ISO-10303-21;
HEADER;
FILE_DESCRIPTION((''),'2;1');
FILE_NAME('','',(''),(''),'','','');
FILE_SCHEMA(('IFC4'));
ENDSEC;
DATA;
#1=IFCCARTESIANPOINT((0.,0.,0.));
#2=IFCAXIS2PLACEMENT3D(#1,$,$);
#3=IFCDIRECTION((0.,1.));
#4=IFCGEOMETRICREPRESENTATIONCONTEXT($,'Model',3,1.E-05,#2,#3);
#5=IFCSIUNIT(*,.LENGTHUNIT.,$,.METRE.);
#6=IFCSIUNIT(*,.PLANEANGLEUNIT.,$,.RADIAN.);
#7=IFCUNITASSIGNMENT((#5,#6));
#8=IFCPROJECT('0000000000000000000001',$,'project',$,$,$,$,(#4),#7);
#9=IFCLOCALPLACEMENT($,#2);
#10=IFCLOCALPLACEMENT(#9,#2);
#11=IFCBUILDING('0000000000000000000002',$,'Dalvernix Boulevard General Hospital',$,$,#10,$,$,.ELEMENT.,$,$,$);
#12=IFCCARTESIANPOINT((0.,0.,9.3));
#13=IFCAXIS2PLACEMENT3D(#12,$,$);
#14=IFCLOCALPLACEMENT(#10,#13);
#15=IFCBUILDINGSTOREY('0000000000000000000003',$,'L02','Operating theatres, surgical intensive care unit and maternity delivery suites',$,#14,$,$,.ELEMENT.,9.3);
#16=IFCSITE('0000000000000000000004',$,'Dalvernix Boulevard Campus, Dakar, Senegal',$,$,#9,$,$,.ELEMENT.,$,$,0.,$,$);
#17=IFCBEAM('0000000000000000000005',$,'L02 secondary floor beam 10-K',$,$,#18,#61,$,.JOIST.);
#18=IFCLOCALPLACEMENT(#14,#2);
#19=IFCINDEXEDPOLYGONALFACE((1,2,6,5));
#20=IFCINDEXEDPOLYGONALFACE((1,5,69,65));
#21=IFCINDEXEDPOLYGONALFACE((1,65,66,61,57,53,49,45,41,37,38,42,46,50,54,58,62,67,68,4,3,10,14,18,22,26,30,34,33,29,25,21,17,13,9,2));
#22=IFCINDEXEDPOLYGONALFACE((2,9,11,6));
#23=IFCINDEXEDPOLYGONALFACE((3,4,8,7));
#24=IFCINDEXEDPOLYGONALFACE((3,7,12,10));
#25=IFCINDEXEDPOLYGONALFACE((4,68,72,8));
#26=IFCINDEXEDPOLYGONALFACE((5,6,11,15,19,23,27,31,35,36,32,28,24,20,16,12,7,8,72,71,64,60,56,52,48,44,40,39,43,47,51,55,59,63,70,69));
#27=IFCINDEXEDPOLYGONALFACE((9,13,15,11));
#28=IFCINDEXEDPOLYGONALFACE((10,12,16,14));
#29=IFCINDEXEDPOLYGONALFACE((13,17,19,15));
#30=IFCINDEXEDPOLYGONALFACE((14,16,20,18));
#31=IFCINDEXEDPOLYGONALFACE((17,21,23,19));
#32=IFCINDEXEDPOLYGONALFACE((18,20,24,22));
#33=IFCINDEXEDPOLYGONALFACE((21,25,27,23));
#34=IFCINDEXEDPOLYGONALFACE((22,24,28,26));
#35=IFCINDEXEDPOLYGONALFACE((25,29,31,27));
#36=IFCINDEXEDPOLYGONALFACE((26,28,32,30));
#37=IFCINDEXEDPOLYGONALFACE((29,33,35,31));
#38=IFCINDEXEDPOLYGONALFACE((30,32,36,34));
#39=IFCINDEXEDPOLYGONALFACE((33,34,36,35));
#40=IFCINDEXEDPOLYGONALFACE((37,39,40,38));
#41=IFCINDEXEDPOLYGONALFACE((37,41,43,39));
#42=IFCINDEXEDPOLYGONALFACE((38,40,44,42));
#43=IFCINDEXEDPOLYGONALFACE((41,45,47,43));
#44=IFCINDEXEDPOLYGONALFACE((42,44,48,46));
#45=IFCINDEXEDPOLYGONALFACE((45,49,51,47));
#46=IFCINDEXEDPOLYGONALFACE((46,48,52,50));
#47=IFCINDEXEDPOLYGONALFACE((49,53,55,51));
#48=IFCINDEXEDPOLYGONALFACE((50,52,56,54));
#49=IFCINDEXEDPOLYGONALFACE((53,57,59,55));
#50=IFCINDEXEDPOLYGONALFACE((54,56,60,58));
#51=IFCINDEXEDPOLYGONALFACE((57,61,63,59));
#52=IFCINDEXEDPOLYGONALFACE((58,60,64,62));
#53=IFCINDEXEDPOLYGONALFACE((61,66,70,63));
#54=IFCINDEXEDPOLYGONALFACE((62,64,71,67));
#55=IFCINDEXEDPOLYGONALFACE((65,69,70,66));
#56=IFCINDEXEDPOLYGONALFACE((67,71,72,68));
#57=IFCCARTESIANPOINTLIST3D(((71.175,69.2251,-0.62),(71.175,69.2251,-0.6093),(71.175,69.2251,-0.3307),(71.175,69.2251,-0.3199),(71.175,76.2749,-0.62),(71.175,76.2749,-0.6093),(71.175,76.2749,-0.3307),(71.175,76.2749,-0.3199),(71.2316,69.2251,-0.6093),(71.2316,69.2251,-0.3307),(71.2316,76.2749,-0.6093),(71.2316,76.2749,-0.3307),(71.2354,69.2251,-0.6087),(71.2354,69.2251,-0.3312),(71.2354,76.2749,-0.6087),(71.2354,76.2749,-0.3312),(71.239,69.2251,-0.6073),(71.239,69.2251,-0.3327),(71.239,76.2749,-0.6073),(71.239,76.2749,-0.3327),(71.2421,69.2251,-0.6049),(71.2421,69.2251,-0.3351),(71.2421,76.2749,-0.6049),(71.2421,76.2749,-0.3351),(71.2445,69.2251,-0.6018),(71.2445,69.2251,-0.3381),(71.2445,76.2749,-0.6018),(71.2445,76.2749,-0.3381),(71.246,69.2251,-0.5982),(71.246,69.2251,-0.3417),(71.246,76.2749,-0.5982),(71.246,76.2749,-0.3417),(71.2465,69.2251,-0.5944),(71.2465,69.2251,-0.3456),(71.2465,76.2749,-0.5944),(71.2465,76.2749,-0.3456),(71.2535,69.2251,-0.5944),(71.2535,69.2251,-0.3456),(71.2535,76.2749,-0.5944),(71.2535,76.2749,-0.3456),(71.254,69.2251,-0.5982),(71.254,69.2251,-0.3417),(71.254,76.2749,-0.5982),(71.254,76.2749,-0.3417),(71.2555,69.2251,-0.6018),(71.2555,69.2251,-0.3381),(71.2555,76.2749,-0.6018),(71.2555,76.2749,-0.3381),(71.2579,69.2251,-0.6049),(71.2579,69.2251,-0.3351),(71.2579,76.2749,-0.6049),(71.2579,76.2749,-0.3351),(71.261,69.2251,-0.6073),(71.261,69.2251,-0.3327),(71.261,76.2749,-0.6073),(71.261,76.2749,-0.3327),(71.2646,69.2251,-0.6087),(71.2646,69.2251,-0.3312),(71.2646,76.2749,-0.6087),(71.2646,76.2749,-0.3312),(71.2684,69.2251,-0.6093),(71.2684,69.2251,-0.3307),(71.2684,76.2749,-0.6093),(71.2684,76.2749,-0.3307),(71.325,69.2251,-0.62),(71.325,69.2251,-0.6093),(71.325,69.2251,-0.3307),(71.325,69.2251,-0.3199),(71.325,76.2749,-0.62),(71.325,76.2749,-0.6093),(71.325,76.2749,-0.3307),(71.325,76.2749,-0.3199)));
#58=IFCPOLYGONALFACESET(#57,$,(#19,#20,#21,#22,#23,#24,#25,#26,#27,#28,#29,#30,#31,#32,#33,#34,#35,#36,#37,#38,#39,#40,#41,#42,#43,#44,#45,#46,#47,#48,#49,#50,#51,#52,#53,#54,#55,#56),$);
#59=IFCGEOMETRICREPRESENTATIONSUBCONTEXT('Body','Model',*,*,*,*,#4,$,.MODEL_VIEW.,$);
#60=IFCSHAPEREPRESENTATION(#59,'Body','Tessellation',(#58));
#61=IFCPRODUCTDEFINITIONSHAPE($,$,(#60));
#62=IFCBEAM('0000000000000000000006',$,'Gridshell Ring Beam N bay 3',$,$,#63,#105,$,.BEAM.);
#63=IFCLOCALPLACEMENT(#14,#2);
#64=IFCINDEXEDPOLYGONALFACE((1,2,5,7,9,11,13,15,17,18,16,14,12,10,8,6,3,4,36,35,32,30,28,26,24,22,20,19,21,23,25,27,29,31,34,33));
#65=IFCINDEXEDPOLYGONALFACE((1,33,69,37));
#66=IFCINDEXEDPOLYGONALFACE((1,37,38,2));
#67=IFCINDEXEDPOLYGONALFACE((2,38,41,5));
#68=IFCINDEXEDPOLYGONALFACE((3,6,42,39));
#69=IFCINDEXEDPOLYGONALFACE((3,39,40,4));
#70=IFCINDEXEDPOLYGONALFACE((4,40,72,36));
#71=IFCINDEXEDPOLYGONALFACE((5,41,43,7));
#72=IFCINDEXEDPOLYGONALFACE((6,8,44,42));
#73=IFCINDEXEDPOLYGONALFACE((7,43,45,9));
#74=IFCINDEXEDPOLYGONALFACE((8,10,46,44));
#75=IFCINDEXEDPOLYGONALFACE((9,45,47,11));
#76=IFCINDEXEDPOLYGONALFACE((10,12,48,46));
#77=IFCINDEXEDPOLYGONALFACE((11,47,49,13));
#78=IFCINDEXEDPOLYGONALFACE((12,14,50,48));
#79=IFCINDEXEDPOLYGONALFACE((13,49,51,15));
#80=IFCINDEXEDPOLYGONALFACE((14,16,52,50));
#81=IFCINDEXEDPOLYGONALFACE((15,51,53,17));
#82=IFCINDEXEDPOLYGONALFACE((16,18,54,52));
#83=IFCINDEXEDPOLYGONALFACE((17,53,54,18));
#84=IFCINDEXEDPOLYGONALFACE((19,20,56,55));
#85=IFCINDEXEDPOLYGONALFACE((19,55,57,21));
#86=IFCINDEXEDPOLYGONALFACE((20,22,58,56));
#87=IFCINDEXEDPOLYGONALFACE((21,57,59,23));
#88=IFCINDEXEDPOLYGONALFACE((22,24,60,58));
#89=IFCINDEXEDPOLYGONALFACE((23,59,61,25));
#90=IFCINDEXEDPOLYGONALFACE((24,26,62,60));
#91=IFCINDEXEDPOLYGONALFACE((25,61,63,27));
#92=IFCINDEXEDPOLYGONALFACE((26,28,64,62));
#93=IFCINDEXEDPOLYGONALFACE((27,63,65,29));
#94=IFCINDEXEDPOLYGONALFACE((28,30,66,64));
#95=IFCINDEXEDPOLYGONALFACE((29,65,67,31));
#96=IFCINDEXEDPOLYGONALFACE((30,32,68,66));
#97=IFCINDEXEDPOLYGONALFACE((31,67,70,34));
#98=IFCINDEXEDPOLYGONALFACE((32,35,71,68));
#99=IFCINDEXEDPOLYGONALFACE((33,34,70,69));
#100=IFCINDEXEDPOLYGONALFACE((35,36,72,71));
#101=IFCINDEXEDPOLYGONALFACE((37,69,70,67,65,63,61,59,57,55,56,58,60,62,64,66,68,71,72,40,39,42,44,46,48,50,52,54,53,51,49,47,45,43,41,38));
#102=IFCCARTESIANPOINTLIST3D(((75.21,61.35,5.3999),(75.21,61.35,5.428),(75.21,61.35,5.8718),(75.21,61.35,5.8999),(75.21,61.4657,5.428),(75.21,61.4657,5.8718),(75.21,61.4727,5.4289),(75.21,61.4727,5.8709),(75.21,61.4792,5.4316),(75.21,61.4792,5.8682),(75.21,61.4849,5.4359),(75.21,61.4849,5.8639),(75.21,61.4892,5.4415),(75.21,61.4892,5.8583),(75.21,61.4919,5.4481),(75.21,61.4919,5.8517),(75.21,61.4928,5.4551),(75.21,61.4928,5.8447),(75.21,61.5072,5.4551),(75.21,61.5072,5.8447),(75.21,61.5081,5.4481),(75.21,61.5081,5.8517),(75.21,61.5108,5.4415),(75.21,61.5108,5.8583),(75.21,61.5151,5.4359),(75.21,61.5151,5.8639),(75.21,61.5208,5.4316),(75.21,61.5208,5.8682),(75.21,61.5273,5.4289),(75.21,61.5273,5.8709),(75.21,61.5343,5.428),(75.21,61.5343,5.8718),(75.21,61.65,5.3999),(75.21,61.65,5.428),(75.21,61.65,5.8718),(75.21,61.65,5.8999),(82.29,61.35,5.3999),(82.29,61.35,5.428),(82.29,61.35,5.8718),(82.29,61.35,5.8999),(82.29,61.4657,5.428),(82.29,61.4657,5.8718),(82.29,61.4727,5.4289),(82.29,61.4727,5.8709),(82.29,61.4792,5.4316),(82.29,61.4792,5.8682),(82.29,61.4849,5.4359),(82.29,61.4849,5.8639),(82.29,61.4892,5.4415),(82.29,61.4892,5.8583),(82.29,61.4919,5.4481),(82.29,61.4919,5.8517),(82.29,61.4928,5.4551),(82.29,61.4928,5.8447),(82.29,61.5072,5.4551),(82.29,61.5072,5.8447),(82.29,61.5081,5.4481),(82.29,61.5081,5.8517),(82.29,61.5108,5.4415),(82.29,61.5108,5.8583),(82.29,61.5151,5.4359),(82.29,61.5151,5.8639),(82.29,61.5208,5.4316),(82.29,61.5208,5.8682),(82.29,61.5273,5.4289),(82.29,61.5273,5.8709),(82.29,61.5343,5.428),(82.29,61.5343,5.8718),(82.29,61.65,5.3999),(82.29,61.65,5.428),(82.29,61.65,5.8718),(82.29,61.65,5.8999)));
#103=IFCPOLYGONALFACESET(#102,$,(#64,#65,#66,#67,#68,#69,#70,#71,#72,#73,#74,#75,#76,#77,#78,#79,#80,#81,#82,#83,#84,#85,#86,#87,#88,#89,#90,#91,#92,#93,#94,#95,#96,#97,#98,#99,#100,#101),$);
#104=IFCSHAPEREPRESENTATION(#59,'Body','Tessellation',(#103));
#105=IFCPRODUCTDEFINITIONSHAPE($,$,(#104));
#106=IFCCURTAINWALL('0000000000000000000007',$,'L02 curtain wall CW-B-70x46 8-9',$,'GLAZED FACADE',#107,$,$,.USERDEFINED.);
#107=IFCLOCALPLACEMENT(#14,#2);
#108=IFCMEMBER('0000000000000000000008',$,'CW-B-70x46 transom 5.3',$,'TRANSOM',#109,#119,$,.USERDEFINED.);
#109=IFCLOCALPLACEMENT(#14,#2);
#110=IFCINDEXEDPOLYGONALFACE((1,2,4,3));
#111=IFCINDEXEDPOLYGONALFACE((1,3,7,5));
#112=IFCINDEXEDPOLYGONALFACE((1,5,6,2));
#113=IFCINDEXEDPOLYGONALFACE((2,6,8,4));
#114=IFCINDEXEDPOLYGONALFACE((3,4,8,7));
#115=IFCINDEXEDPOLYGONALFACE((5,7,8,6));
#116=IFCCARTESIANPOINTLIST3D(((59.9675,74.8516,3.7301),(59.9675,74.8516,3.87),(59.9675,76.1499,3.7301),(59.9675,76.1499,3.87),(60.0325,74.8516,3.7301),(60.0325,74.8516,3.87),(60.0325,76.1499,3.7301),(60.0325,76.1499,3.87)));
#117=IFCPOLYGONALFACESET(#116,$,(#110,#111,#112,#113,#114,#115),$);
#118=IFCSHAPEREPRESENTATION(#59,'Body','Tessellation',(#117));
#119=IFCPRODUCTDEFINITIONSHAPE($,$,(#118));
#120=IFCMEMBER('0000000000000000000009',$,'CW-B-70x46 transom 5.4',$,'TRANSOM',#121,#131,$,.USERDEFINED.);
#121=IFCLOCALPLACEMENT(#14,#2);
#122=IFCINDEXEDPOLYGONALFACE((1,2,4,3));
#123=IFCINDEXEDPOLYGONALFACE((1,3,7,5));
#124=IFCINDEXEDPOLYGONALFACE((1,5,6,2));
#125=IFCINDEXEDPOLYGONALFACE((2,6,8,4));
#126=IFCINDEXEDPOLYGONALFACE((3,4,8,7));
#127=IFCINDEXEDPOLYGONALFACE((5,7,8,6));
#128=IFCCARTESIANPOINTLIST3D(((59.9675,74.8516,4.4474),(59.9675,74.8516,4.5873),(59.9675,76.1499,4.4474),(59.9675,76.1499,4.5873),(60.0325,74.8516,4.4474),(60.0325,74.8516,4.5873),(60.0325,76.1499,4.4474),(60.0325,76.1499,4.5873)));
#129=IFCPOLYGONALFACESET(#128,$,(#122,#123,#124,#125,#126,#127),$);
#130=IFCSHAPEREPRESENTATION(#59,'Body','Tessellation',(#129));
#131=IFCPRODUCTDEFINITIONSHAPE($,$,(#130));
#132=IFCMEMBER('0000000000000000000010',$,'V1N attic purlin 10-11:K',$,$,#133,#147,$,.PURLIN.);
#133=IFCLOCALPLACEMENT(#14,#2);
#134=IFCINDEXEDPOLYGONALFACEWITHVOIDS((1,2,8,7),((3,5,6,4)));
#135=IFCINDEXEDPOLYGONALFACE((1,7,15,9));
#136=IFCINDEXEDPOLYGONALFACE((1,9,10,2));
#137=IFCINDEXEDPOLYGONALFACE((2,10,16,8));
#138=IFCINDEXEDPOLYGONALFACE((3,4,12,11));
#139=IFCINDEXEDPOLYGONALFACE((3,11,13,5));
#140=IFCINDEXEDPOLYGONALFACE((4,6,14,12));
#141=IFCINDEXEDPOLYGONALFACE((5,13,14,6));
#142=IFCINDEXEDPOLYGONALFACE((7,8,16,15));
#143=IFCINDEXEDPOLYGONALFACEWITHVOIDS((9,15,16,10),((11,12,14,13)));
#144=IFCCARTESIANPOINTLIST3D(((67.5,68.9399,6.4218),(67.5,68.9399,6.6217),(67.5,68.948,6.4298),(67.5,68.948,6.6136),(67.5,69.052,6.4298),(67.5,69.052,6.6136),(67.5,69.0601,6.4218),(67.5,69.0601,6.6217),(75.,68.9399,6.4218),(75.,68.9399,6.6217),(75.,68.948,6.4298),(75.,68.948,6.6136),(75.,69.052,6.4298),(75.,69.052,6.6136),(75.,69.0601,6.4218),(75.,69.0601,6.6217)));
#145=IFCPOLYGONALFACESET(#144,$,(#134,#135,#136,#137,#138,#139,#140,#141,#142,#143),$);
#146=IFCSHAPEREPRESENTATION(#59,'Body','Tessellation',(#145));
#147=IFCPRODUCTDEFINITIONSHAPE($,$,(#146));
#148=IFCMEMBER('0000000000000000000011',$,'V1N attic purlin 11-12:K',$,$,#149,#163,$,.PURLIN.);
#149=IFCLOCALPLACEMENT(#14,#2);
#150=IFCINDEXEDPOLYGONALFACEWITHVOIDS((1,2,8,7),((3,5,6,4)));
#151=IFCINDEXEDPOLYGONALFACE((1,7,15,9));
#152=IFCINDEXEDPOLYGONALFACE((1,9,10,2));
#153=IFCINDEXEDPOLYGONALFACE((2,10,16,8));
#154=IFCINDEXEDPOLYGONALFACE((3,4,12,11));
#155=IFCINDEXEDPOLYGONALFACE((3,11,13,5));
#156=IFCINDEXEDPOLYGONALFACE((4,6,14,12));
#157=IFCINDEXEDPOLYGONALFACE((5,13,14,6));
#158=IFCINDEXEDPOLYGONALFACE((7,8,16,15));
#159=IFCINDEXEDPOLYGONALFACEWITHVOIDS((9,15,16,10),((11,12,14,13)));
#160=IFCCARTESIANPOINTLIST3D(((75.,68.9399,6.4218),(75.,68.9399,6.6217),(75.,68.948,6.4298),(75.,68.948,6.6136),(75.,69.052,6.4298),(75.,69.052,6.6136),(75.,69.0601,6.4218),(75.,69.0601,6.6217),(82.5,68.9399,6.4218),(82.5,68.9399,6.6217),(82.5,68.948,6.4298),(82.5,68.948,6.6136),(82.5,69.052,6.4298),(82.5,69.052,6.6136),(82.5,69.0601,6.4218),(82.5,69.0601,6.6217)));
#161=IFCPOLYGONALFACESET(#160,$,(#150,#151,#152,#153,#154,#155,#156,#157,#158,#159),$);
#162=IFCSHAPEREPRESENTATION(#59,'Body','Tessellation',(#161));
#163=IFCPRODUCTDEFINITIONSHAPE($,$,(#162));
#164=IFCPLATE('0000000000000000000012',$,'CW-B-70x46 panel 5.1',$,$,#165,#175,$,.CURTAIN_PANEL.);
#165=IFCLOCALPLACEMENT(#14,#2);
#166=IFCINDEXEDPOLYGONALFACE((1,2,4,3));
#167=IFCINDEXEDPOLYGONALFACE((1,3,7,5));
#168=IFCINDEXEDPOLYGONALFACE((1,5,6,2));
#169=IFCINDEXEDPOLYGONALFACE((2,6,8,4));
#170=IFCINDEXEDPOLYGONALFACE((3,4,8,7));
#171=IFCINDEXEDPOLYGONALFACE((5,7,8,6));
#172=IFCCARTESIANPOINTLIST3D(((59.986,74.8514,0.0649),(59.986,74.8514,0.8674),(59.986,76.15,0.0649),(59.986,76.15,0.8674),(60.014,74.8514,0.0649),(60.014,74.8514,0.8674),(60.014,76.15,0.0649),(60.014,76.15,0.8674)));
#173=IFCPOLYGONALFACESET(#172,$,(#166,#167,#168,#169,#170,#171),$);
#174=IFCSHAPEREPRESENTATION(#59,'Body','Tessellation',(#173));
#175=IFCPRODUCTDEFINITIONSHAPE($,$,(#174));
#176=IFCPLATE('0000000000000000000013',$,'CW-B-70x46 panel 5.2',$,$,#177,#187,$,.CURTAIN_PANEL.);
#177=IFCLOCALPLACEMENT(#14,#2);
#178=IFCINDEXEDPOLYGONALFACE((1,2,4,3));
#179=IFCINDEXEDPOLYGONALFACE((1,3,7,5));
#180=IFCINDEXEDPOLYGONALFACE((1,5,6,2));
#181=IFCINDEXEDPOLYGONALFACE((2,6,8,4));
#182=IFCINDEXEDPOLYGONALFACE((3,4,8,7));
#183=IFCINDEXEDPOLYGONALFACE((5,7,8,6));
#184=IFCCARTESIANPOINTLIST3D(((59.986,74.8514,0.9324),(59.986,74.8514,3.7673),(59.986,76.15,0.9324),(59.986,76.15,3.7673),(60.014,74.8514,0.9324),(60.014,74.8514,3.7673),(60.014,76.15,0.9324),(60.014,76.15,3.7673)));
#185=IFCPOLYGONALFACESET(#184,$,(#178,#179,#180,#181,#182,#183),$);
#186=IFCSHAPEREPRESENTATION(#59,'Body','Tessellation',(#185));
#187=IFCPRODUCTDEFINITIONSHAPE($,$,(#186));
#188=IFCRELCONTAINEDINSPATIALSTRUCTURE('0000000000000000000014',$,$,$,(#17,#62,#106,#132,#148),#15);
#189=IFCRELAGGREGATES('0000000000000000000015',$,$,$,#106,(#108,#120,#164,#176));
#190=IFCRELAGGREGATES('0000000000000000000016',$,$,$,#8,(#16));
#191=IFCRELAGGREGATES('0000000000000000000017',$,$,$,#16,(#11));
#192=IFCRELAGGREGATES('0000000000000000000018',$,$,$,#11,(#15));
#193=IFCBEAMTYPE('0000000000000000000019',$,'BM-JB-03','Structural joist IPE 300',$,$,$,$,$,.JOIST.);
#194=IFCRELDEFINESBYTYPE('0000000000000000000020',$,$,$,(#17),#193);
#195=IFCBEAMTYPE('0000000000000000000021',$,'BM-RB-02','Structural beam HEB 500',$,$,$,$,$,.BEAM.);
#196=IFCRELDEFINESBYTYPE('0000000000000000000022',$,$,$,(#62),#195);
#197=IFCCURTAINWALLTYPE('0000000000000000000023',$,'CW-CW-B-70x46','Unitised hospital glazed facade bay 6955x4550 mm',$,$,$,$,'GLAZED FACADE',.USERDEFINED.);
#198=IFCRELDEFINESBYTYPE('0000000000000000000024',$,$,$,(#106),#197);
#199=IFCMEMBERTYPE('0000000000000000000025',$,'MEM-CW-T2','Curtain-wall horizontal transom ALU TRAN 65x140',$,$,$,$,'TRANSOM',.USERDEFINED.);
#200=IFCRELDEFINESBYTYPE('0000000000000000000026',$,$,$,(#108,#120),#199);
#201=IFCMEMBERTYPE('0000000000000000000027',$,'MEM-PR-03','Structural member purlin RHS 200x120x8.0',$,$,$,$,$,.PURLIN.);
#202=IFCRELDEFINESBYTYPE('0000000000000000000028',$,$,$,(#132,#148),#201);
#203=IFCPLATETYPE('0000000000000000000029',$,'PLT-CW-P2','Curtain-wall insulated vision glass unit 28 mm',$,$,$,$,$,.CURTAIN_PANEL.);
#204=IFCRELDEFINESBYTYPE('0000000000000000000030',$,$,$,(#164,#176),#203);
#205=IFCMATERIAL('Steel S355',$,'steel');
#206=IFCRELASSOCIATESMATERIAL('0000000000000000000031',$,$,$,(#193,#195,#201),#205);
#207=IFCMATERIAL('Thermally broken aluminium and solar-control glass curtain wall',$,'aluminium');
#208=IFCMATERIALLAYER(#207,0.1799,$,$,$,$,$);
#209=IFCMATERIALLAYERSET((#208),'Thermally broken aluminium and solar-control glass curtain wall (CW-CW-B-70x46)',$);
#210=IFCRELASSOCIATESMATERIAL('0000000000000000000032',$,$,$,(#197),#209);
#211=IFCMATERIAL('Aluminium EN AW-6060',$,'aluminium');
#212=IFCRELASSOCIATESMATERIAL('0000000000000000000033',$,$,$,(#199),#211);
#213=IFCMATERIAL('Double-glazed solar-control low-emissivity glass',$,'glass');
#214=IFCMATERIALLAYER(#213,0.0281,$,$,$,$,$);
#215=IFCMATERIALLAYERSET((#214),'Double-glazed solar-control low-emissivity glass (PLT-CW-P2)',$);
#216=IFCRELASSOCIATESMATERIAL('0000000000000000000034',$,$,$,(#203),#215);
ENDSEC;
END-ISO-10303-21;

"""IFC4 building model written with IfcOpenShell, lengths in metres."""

from ifc_helpers import new_model, si_unit, direction, frame, origin, origin_2d, place, context, subcontext, project, spatial, rectangle, hollow_rectangle, i_section, extrude, material, layer, layer_set, material_profile, profile_set, type_object, element, aggregate, save


model = new_model("IFC4")

# Units and contexts
model_context = context("Model", 3, precision=1e-05, world=origin(), true_north=direction((0.0, 1.0)))
body_context = subcontext(model_context, "Body", "Model", "MODEL_VIEW")
ifc_project = project(units=[si_unit("LENGTHUNIT", "METRE"), si_unit("PLANEANGLEUNIT", "RADIAN")], contexts=[model_context])

# Site, building, storey
site_placement = place(None, origin())
site = spatial("IfcSite", under=ifc_project, at=site_placement, Name="Dalvernix Boulevard Campus, Dakar, Senegal", CompositionType="ELEMENT", RefElevation=0.0)
building_placement = place(site_placement, origin())
building = spatial("IfcBuilding", under=site, at=building_placement, Name="Dalvernix Boulevard General Hospital", CompositionType="ELEMENT")
storey_placement = place(building_placement, frame((0.0, 0.0, 9.3)))
storey = spatial("IfcBuildingStorey", under=building, at=storey_placement, Name="L02", Description="Operating theatres, surgical intensive care unit and maternity delivery suites", CompositionType="ELEMENT", Elevation=9.3)

# Shared definitions
ifc_material_1 = material(Name="Steel S355", Category="steel")

# Beams
ifc_material_profile_1 = material_profile(ifc_material_1, i_section(OverallWidth=0.1499, OverallDepth=0.3, WebThickness=0.0071, FlangeThickness=0.0107, FilletRadius=0.0149, at=origin_2d()), Name="IPE 300")
ifc_profile_set_1 = profile_set([ifc_material_profile_1], Name="Steel S355")
beam_type_1 = type_object("IfcBeamType", Name="BM-JB-03", Description="Structural joist IPE 300", PredefinedType="JOIST", material=ifc_profile_set_1)
beam_1_placement = place(storey_placement, frame((71.25, 69.2251, -0.47), z_axis=(0.0, 1.0, 0.0), x_axis=(-1.0, 0.0, 0.0)))
element("IfcBeam", 1, at=beam_1_placement, inside=storey, type_object=beam_type_1, Name="L02 secondary floor beam 10-K", PredefinedType="JOIST", context=body_context, shape_type="SweptSolid", body=[
    extrude(i_section(OverallWidth=0.1499, OverallDepth=0.3, WebThickness=0.0071, FlangeThickness=0.0107, FilletRadius=0.0149, at=origin_2d()), origin(), (0.0, 0.0, 1.0), 7.0498),
])
ifc_material_profile_2 = material_profile(ifc_material_1, i_section(OverallWidth=0.3, OverallDepth=0.5, WebThickness=0.0144, FlangeThickness=0.0281, FilletRadius=0.0271, at=origin_2d()), Name="HEB 500")
ifc_profile_set_2 = profile_set([ifc_material_profile_2], Name="Steel S355")
beam_type_2 = type_object("IfcBeamType", Name="BM-RB-02", Description="Structural beam HEB 500", PredefinedType="BEAM", material=ifc_profile_set_2)
beam_2_placement = place(storey_placement, frame((75.21, 61.5, 5.6499), z_axis=(1.0, 0.0, 0.0), x_axis=(0.0, 1.0, 0.0)))
element("IfcBeam", 2, at=beam_2_placement, inside=storey, type_object=beam_type_2, Name="Gridshell Ring Beam N bay 3", PredefinedType="BEAM", context=body_context, shape_type="SweptSolid", body=[
    extrude(i_section(OverallWidth=0.3, OverallDepth=0.5, WebThickness=0.0144, FlangeThickness=0.0281, FilletRadius=0.0271, at=origin_2d()), origin(), (0.0, 0.0, 1.0), 7.0801),
])

# Curtain wall, members
ifc_material_2 = material(Name="Thermally broken aluminium and solar-control glass curtain wall", Category="aluminium")
ifc_layer_1 = layer(ifc_material_2, 0.1799)
ifc_layer_set_1 = layer_set([ifc_layer_1], Name="Thermally broken aluminium and solar-control glass curtain wall (CW-CW-B-70x46)")
curtain_wall_type_1 = type_object("IfcCurtainWallType", Name="CW-CW-B-70x46", Description="Unitised hospital glazed facade bay 6955x4550 mm", ElementType="GLAZED FACADE", PredefinedType="USERDEFINED", material=ifc_layer_set_1)
curtain_wall_1_placement = place(storey_placement, origin())
curtain_wall_1 = element("IfcCurtainWall", 3, at=curtain_wall_1_placement, inside=storey, type_object=curtain_wall_type_1, Name="L02 curtain wall CW-B-70x46 8-9", ObjectType="GLAZED FACADE", PredefinedType="USERDEFINED")
ifc_material_3 = material(Name="Aluminium EN AW-6060", Category="aluminium")
ifc_material_profile_3 = material_profile(ifc_material_3, rectangle(XDim=0.0649, YDim=0.1399, at=origin_2d()), Name="ALU TRAN 65x140")
ifc_profile_set_3 = profile_set([ifc_material_profile_3], Name="Aluminium EN AW-6060")
member_type_1 = type_object("IfcMemberType", Name="MEM-CW-T2", Description="Curtain-wall horizontal transom ALU TRAN 65x140", ElementType="TRANSOM", PredefinedType="USERDEFINED", material=ifc_profile_set_3)
member_1_placement = place(storey_placement, frame((60.0, 74.8516, 3.8), z_axis=(0.0, 1.0, 0.0), x_axis=(-1.0, 0.0, 0.0)))
member_1 = element("IfcMember", 4, at=member_1_placement, type_object=member_type_1, Name="CW-B-70x46 transom 5.3", ObjectType="TRANSOM", PredefinedType="USERDEFINED", context=body_context, shape_type="SweptSolid", body=[
    extrude(rectangle(XDim=0.0649, YDim=0.1399, at=origin_2d()), origin(), (0.0, 0.0, 1.0), 1.2983),
])
member_2_placement = place(storey_placement, frame((60.0, 74.8516, 4.5173), z_axis=(0.0, 1.0, 0.0), x_axis=(-1.0, 0.0, 0.0)))
member_2 = element("IfcMember", 5, at=member_2_placement, type_object=member_type_1, Name="CW-B-70x46 transom 5.4", ObjectType="TRANSOM", PredefinedType="USERDEFINED", context=body_context, shape_type="SweptSolid", body=[
    extrude(rectangle(XDim=0.0649, YDim=0.1399, at=origin_2d()), origin(), (0.0, 0.0, 1.0), 1.2983),
])

# Members
ifc_material_profile_4 = material_profile(ifc_material_1, hollow_rectangle(XDim=0.1201, YDim=0.2, WallThickness=0.0081, at=origin_2d()), Name="RHS 200x120x8.0")
ifc_profile_set_4 = profile_set([ifc_material_profile_4], Name="Steel S355")
member_type_2 = type_object("IfcMemberType", Name="MEM-PR-03", Description="Structural member purlin RHS 200x120x8.0", PredefinedType="PURLIN", material=ifc_profile_set_4)
for number, where, z_axis, x_axis, name in (
    (6, (67.5, 69.0, 6.5217), (1.0, 0.0, 0.0), (0.0, 1.0, 0.0), "V1N attic purlin 10-11:K"),
    (7, (75.0, 69.0, 6.5217), (1.0, 0.0, 0.0), (0.0, 1.0, 0.0), "V1N attic purlin 11-12:K"),
):
    element("IfcMember", number, at=place(storey_placement, frame(where, z_axis=z_axis, x_axis=x_axis)), inside=storey, type_object=member_type_2, Name=name, PredefinedType="PURLIN", context=body_context, shape_type="SweptSolid", body=[
        extrude(hollow_rectangle(XDim=0.1201, YDim=0.2, WallThickness=0.0081, at=origin_2d()), origin(), (0.0, 0.0, 1.0), 7.5),
    ])

# Plates
ifc_material_4 = material(Name="Double-glazed solar-control low-emissivity glass", Category="glass")
ifc_layer_2 = layer(ifc_material_4, 0.0281)
ifc_layer_set_2 = layer_set([ifc_layer_2], Name="Double-glazed solar-control low-emissivity glass (PLT-CW-P2)")
plate_type_1 = type_object("IfcPlateType", Name="PLT-CW-P2", Description="Curtain-wall insulated vision glass unit 28 mm", PredefinedType="CURTAIN_PANEL", material=ifc_layer_set_2)
plate_1_placement = place(storey_placement, frame((60.0, 75.5007, 0.0649), z_axis=(0.0, 0.0, 1.0), x_axis=(0.0, 1.0, 0.0)))
plate_1 = element("IfcPlate", 8, at=plate_1_placement, type_object=plate_type_1, Name="CW-B-70x46 panel 5.1", PredefinedType="CURTAIN_PANEL", context=body_context, shape_type="SweptSolid", body=[
    extrude(rectangle(XDim=1.2986, YDim=0.0281, at=origin_2d()), origin(), (0.0, 0.0, 1.0), 0.8025),
])
plate_2_placement = place(storey_placement, frame((60.0, 75.5007, 0.9324), z_axis=(0.0, 0.0, 1.0), x_axis=(0.0, 1.0, 0.0)))
plate_2 = element("IfcPlate", 9, at=plate_2_placement, type_object=plate_type_1, Name="CW-B-70x46 panel 5.2", PredefinedType="CURTAIN_PANEL", context=body_context, shape_type="SweptSolid", body=[
    extrude(rectangle(XDim=1.2986, YDim=0.0281, at=origin_2d()), origin(), (0.0, 0.0, 1.0), 2.835),
])
aggregate(curtain_wall_1, [member_1, member_2, plate_1, plate_2])

save(model, "model.ifc")
